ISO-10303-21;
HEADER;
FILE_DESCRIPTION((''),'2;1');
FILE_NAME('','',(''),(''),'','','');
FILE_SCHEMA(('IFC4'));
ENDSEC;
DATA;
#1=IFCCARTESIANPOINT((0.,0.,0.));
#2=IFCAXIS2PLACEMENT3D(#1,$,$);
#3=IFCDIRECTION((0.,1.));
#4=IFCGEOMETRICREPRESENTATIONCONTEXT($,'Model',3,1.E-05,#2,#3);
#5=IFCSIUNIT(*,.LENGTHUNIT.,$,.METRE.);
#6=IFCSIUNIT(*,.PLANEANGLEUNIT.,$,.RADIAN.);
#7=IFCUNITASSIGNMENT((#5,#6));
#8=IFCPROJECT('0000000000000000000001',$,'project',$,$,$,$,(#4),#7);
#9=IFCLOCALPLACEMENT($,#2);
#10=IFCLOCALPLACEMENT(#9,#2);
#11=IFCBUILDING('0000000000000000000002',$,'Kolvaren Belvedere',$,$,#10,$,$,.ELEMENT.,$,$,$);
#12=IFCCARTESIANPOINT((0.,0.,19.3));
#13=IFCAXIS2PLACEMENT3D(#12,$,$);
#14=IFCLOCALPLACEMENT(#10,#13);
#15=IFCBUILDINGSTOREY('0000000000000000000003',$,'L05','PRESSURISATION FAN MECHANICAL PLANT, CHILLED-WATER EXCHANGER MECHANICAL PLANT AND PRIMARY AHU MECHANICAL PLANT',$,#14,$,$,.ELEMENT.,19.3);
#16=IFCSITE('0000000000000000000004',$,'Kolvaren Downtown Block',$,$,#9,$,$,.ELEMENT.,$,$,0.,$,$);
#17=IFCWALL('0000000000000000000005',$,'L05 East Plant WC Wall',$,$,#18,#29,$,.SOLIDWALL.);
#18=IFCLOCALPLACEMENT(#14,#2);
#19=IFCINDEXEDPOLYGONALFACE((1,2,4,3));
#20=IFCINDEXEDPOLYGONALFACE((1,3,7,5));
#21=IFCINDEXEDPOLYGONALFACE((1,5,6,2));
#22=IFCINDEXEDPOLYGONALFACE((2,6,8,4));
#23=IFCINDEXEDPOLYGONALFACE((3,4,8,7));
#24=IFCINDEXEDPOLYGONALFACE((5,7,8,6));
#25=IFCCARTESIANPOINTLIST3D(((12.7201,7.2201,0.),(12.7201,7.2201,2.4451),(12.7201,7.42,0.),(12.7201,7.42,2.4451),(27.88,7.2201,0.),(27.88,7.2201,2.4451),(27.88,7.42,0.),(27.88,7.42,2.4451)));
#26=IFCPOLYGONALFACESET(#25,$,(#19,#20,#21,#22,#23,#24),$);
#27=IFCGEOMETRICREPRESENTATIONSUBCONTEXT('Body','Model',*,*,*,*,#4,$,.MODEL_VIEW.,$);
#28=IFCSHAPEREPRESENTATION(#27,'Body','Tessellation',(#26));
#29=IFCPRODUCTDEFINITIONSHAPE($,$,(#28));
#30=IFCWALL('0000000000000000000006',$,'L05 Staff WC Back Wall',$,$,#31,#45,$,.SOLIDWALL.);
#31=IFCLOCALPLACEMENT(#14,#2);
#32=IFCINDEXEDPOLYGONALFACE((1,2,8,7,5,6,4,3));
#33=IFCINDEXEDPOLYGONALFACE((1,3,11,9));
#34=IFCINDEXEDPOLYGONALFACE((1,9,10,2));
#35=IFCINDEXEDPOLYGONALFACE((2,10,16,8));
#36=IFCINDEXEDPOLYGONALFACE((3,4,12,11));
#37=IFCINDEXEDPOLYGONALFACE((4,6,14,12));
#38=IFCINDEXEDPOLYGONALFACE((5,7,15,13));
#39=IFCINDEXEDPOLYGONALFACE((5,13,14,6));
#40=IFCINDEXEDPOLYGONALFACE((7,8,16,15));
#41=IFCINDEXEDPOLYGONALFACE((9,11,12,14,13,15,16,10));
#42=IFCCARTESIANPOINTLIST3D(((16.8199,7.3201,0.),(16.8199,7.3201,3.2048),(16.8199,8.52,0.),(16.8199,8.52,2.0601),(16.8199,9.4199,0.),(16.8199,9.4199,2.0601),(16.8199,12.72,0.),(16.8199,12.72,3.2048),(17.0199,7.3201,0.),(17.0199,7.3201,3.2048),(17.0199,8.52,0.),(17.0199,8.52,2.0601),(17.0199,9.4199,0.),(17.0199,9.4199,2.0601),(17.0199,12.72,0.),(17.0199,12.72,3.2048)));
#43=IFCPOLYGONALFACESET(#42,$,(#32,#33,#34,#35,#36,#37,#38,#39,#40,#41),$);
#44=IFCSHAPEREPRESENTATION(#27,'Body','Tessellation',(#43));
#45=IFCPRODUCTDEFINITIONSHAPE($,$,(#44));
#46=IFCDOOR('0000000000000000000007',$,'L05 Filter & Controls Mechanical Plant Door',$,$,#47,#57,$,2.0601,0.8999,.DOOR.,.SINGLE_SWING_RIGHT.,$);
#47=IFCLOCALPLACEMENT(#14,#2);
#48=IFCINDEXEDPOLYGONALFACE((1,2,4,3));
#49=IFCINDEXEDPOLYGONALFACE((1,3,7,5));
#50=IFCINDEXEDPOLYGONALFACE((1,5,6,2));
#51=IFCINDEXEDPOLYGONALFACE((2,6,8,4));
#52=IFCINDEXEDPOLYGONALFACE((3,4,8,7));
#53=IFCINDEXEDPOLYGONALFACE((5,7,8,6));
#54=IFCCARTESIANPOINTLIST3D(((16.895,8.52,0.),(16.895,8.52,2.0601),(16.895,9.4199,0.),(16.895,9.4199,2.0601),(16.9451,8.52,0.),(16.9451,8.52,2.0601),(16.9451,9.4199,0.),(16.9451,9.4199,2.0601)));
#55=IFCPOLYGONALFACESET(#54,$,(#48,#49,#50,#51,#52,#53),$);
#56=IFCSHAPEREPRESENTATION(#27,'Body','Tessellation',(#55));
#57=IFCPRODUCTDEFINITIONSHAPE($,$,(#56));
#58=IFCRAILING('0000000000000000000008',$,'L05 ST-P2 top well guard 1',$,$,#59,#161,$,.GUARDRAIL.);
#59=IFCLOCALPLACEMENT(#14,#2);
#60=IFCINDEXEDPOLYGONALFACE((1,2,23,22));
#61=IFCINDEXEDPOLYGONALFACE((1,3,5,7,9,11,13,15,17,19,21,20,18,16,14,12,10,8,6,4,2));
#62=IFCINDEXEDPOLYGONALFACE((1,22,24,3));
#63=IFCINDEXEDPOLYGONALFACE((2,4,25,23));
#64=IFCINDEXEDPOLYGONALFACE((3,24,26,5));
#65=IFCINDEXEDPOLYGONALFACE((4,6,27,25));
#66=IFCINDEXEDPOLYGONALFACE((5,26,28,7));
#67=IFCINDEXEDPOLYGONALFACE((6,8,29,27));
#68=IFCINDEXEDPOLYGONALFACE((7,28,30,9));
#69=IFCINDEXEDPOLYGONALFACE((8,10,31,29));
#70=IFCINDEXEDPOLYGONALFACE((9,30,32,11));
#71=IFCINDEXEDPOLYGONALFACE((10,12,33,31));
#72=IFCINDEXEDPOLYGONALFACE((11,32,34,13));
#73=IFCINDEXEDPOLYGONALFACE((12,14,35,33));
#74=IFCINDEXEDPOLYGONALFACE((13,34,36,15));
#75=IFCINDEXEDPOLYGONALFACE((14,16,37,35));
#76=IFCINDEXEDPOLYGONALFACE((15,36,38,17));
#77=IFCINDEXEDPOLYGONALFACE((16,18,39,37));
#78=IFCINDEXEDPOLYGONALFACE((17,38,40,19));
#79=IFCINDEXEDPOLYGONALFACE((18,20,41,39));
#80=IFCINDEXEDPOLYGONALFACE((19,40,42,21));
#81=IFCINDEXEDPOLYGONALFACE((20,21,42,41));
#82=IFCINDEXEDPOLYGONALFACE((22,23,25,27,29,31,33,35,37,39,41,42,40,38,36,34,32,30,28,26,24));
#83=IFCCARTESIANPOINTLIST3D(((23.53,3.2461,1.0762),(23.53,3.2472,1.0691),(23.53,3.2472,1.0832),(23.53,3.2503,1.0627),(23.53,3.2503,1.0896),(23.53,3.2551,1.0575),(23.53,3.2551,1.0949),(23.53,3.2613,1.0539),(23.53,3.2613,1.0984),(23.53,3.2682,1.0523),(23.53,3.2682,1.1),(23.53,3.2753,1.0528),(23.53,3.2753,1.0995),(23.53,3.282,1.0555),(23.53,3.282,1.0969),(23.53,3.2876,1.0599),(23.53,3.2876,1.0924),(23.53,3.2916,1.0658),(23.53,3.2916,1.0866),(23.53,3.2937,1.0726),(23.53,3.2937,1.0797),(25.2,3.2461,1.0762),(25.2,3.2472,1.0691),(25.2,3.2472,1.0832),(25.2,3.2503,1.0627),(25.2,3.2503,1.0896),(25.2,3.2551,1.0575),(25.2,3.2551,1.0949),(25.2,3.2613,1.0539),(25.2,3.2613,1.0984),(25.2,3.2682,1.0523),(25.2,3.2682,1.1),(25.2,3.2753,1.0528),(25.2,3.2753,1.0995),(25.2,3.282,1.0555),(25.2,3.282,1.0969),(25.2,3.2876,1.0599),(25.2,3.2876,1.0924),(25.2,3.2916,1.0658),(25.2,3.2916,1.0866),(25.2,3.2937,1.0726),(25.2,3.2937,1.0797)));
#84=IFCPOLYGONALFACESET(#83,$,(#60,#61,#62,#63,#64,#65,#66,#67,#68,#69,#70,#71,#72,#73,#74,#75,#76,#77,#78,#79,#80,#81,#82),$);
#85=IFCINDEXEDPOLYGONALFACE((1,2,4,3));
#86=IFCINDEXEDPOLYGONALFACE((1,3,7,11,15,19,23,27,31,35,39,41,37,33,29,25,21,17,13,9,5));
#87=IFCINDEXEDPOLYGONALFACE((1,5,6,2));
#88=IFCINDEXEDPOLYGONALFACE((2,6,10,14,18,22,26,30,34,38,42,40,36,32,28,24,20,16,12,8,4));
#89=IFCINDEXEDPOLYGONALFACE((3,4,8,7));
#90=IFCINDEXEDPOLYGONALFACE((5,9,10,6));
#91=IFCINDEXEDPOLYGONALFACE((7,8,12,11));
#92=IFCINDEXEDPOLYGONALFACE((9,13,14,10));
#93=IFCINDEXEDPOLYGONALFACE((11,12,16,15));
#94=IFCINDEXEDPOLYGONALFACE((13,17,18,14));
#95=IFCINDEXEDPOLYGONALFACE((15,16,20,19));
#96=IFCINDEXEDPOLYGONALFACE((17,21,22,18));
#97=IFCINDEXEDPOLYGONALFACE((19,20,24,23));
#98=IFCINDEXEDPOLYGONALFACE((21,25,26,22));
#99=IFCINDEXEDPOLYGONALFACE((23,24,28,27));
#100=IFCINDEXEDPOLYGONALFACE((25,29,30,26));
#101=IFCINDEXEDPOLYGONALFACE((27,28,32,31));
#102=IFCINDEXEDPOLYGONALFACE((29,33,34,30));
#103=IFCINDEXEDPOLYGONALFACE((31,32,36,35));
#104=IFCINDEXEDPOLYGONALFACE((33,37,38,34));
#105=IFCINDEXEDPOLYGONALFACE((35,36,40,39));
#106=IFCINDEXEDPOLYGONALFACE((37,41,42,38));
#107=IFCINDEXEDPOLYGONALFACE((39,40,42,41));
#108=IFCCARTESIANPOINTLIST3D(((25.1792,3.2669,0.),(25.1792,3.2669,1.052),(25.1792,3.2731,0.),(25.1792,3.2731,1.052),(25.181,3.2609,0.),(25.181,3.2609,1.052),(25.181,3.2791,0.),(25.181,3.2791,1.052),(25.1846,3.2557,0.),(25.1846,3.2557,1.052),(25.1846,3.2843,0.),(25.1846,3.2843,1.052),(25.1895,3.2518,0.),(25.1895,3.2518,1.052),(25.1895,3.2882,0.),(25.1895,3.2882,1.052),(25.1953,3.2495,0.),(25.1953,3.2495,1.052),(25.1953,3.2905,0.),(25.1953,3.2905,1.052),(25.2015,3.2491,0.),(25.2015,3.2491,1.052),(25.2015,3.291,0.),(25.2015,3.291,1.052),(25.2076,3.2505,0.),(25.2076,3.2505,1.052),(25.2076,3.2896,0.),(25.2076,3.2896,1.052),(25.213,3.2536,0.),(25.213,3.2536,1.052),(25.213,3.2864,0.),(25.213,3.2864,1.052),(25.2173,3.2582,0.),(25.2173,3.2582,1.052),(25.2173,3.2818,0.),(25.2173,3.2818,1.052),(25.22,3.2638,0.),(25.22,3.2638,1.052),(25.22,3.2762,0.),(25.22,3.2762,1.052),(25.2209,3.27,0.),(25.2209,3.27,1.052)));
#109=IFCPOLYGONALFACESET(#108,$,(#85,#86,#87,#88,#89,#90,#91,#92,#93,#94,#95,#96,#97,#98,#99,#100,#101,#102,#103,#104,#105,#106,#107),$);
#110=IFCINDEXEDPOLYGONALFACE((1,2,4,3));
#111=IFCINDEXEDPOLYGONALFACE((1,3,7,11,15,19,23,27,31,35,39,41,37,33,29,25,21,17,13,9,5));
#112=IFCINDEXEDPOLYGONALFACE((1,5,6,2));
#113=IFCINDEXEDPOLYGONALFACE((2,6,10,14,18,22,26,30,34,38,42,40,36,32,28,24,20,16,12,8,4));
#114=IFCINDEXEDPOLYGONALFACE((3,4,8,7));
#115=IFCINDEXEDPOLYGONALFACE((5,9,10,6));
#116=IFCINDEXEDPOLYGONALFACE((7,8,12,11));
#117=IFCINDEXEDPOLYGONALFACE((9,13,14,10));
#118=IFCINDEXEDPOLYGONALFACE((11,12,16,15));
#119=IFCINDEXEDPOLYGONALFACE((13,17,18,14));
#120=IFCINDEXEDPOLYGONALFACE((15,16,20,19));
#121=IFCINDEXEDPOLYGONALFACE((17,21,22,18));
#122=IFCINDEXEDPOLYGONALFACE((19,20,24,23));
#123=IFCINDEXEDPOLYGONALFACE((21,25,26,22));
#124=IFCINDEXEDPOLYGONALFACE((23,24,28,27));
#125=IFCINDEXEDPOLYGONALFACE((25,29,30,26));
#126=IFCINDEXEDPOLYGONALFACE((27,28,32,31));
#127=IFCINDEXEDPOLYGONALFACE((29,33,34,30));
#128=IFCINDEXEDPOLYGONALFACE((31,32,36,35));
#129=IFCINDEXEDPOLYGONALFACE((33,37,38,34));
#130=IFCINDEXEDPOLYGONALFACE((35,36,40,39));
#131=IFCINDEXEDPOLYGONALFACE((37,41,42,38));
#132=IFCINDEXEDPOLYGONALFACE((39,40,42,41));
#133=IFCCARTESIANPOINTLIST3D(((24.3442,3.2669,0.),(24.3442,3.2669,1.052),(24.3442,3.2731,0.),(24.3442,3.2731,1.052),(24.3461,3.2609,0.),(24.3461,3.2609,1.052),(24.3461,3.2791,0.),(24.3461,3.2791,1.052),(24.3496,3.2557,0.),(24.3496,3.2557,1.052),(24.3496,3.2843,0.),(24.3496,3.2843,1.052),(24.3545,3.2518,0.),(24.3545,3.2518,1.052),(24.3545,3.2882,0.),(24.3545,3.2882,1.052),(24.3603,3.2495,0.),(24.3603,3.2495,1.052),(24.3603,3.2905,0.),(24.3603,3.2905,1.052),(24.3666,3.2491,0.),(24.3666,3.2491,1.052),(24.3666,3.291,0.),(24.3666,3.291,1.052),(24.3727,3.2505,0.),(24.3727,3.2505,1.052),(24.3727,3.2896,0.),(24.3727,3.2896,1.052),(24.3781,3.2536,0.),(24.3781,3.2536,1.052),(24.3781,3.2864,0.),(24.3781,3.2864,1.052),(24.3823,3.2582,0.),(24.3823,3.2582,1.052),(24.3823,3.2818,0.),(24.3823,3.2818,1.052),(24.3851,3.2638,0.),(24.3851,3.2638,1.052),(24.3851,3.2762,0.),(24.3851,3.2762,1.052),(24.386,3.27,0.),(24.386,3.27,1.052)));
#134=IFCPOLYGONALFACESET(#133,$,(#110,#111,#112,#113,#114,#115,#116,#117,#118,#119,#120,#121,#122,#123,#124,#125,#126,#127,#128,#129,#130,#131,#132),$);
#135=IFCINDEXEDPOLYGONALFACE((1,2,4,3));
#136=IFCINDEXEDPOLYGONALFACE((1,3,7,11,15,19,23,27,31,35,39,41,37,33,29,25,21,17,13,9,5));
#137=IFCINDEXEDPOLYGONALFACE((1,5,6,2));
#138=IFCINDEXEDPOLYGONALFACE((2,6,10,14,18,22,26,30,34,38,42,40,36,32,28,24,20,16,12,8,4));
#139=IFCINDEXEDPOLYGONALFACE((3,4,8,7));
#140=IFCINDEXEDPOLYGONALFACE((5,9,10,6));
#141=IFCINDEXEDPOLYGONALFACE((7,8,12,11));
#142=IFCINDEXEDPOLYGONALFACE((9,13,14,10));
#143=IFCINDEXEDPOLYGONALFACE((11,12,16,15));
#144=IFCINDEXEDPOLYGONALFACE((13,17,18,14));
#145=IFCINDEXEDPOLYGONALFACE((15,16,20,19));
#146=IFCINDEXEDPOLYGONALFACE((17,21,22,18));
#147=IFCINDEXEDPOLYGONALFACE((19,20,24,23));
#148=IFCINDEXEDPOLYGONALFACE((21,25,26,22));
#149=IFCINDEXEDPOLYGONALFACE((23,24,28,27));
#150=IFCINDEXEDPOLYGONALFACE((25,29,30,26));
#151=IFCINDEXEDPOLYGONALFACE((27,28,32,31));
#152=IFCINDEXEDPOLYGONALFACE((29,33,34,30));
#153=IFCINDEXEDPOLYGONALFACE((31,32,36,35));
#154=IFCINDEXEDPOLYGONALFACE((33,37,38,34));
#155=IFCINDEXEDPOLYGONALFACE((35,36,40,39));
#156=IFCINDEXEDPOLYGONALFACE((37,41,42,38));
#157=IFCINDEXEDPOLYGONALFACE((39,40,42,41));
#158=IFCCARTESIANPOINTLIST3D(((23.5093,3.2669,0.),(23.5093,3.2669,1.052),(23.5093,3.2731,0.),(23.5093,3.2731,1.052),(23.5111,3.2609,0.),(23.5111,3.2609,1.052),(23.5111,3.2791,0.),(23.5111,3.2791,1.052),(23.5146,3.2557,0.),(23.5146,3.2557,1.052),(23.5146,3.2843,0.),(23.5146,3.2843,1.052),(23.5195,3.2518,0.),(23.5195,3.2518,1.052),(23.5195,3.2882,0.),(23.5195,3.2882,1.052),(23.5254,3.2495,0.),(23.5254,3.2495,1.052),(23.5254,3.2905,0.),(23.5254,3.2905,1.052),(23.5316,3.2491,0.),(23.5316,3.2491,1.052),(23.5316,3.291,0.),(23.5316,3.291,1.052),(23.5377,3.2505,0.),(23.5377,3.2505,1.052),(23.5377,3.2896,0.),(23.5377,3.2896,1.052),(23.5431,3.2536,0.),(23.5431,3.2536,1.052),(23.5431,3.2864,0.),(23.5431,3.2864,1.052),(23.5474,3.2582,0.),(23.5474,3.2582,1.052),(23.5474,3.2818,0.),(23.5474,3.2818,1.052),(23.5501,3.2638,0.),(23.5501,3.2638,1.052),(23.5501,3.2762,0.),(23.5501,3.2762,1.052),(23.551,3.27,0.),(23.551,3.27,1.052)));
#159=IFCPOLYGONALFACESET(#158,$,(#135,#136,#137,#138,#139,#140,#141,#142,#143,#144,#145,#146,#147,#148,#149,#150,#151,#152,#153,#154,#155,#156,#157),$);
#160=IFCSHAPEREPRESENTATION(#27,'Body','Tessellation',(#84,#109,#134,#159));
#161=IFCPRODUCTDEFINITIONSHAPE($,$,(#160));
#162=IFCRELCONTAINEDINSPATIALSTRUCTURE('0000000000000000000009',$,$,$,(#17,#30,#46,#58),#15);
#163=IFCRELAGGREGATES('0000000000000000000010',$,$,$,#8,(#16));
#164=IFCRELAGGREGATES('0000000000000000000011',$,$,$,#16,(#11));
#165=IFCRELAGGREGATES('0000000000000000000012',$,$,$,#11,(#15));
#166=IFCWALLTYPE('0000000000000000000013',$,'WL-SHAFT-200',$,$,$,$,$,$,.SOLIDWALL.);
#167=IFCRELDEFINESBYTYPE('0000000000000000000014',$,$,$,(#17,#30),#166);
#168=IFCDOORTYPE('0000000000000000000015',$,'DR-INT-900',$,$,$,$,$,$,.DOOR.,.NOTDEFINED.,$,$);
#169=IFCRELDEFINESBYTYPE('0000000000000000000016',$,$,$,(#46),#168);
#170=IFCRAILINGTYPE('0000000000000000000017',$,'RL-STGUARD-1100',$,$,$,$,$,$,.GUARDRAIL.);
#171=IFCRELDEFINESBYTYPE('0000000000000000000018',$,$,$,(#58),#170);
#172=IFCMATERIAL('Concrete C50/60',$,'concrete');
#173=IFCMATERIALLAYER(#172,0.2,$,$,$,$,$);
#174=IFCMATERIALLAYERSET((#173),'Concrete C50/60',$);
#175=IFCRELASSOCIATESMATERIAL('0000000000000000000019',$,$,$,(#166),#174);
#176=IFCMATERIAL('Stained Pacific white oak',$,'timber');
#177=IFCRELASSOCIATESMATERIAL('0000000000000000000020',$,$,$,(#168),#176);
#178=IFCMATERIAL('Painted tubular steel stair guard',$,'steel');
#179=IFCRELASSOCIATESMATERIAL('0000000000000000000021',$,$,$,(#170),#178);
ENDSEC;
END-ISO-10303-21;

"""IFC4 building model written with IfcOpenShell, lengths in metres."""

from ifc_helpers import new_model, si_unit, direction, frame, frame_2d, origin, origin_2d, place, context, subcontext, project, spatial, rectangle, circle, extrude, material, layer, layer_set, type_object, element, fill, save


model = new_model("IFC4")

# Units and contexts
model_context = context("Model", 3, precision=1e-05, world=origin(), true_north=direction((0.0, 1.0)))
body_context = subcontext(model_context, "Body", "Model", "MODEL_VIEW")
ifc_project = project(units=[si_unit("LENGTHUNIT", "METRE"), si_unit("PLANEANGLEUNIT", "RADIAN")], contexts=[model_context])

# Site, building, storey
site_placement = place(None, origin())
site = spatial("IfcSite", under=ifc_project, at=site_placement, Name="Kolvaren Downtown Block", CompositionType="ELEMENT", RefElevation=0.0)
building_placement = place(site_placement, origin())
building = spatial("IfcBuilding", under=site, at=building_placement, Name="Kolvaren Belvedere", CompositionType="ELEMENT")
storey_placement = place(building_placement, frame((0.0, 0.0, 19.3)))
storey = spatial("IfcBuildingStorey", under=building, at=storey_placement, Name="L05", Description="PRESSURISATION FAN MECHANICAL PLANT, CHILLED-WATER EXCHANGER MECHANICAL PLANT AND PRIMARY AHU MECHANICAL PLANT", CompositionType="ELEMENT", Elevation=19.3)

# Shared definitions
ifc_material_1 = material(Name="Concrete C50/60", Category="concrete")
ifc_layer_1 = layer(ifc_material_1, 0.2)
ifc_layer_set_1 = layer_set([ifc_layer_1], Name="Concrete C50/60")
wall_type_1 = type_object("IfcWallType", Name="WL-SHAFT-200", PredefinedType="SOLIDWALL", material=ifc_layer_set_1)

# Wall
wall_1_placement = place(storey_placement, frame((12.72, 7.3201, 0.0), z_axis=(0.0, 0.0, 1.0), x_axis=(1.0, 0.0, 0.0)))
element("IfcWall", 1, at=wall_1_placement, inside=storey, type_object=wall_type_1, Name="L05 East Plant WC Wall", PredefinedType="SOLIDWALL", context=body_context, shape_type="SweptSolid", body=[
    extrude(rectangle(XDim=15.1599, YDim=0.2, at=frame_2d((7.5801, 0.0))), origin(), (0.0, 0.0, 1.0), 2.4451),
])

# Wall, opening, door
wall_2_placement = place(storey_placement, frame((16.9199, 7.3201, 0.0), z_axis=(0.0, 0.0, 1.0), x_axis=(0.0, 1.0, 0.0)))
wall_2 = element("IfcWall", 2, at=wall_2_placement, inside=storey, type_object=wall_type_1, Name="L05 Staff WC Back Wall", PredefinedType="SOLIDWALL", context=body_context, shape_type="SweptSolid", body=[
    extrude(rectangle(XDim=5.3999, YDim=0.2, at=frame_2d((2.7, 0.0))), origin(), (0.0, 0.0, 1.0), 3.2048),
])
opening_1_placement = place(wall_2_placement, frame((1.2, 0.0, 0.0)))
opening_1 = element("IfcOpeningElement", 3, at=opening_1_placement, cuts=wall_2, PredefinedType="OPENING", context=body_context, shape_type="SweptSolid", body=[
    extrude(rectangle(XDim=0.8999, YDim=2.0601, at=frame_2d((0.45, 1.03))), frame((0.0, 0.1099, 0.0), z_axis=(0.0, -1.0, 0.0), x_axis=(1.0, 0.0, 0.0)), (0.0, 0.0, 1.0), 0.22),
])
ifc_material_2 = material(Name="Stained Pacific white oak", Category="timber")
door_type_1 = type_object("IfcDoorType", Name="DR-INT-900", OperationType="NOTDEFINED", PredefinedType="DOOR", material=ifc_material_2)
door_1_placement = place(opening_1_placement, origin())
door_1 = element("IfcDoor", 4, at=door_1_placement, inside=storey, type_object=door_type_1, Name="L05 Filter & Controls Mechanical Plant Door", OperationType="SINGLE_SWING_RIGHT", OverallHeight=2.0601, OverallWidth=0.8999, PredefinedType="DOOR", context=body_context, shape_type="SweptSolid", body=[
    extrude(rectangle(XDim=0.8999, YDim=2.0601, at=frame_2d((0.45, 1.03))), frame((0.0, 0.0249, 0.0), z_axis=(0.0, -1.0, 0.0), x_axis=(1.0, 0.0, 0.0)), (0.0, 0.0, 1.0), 0.05),
])
fill(opening_1, door_1)

# Railing
ifc_material_3 = material(Name="Painted tubular steel stair guard", Category="steel")
railing_type = type_object("IfcRailingType", Name="RL-STGUARD-1100", PredefinedType="GUARDRAIL", material=ifc_material_3)
railing_placement = place(storey_placement, frame((25.2, 3.27, 0.0)))
element("IfcRailing", 5, at=railing_placement, inside=storey, type_object=railing_type, Name="L05 ST-P2 top well guard 1", PredefinedType="GUARDRAIL", context=body_context, shape_type="SweptSolid", body=[
    extrude(circle(Radius=0.0239, at=origin_2d()), frame((0.0, 0.0, 1.0762), z_axis=(-1.0, 0.0, 0.0), x_axis=(0.0, -1.0, 0.0)), (0.0, 0.0, 1.0), 1.6699),
    extrude(circle(Radius=0.021, at=origin_2d()), origin(), (0.0, 0.0, 1.0), 1.052),
    extrude(circle(Radius=0.021, at=origin_2d()), frame((-0.835, 0.0, 0.0)), (0.0, 0.0, 1.0), 1.052),
    extrude(circle(Radius=0.021, at=origin_2d()), frame((-1.6699, 0.0, 0.0)), (0.0, 0.0, 1.0), 1.052),
])

save(model, "model.ifc")
